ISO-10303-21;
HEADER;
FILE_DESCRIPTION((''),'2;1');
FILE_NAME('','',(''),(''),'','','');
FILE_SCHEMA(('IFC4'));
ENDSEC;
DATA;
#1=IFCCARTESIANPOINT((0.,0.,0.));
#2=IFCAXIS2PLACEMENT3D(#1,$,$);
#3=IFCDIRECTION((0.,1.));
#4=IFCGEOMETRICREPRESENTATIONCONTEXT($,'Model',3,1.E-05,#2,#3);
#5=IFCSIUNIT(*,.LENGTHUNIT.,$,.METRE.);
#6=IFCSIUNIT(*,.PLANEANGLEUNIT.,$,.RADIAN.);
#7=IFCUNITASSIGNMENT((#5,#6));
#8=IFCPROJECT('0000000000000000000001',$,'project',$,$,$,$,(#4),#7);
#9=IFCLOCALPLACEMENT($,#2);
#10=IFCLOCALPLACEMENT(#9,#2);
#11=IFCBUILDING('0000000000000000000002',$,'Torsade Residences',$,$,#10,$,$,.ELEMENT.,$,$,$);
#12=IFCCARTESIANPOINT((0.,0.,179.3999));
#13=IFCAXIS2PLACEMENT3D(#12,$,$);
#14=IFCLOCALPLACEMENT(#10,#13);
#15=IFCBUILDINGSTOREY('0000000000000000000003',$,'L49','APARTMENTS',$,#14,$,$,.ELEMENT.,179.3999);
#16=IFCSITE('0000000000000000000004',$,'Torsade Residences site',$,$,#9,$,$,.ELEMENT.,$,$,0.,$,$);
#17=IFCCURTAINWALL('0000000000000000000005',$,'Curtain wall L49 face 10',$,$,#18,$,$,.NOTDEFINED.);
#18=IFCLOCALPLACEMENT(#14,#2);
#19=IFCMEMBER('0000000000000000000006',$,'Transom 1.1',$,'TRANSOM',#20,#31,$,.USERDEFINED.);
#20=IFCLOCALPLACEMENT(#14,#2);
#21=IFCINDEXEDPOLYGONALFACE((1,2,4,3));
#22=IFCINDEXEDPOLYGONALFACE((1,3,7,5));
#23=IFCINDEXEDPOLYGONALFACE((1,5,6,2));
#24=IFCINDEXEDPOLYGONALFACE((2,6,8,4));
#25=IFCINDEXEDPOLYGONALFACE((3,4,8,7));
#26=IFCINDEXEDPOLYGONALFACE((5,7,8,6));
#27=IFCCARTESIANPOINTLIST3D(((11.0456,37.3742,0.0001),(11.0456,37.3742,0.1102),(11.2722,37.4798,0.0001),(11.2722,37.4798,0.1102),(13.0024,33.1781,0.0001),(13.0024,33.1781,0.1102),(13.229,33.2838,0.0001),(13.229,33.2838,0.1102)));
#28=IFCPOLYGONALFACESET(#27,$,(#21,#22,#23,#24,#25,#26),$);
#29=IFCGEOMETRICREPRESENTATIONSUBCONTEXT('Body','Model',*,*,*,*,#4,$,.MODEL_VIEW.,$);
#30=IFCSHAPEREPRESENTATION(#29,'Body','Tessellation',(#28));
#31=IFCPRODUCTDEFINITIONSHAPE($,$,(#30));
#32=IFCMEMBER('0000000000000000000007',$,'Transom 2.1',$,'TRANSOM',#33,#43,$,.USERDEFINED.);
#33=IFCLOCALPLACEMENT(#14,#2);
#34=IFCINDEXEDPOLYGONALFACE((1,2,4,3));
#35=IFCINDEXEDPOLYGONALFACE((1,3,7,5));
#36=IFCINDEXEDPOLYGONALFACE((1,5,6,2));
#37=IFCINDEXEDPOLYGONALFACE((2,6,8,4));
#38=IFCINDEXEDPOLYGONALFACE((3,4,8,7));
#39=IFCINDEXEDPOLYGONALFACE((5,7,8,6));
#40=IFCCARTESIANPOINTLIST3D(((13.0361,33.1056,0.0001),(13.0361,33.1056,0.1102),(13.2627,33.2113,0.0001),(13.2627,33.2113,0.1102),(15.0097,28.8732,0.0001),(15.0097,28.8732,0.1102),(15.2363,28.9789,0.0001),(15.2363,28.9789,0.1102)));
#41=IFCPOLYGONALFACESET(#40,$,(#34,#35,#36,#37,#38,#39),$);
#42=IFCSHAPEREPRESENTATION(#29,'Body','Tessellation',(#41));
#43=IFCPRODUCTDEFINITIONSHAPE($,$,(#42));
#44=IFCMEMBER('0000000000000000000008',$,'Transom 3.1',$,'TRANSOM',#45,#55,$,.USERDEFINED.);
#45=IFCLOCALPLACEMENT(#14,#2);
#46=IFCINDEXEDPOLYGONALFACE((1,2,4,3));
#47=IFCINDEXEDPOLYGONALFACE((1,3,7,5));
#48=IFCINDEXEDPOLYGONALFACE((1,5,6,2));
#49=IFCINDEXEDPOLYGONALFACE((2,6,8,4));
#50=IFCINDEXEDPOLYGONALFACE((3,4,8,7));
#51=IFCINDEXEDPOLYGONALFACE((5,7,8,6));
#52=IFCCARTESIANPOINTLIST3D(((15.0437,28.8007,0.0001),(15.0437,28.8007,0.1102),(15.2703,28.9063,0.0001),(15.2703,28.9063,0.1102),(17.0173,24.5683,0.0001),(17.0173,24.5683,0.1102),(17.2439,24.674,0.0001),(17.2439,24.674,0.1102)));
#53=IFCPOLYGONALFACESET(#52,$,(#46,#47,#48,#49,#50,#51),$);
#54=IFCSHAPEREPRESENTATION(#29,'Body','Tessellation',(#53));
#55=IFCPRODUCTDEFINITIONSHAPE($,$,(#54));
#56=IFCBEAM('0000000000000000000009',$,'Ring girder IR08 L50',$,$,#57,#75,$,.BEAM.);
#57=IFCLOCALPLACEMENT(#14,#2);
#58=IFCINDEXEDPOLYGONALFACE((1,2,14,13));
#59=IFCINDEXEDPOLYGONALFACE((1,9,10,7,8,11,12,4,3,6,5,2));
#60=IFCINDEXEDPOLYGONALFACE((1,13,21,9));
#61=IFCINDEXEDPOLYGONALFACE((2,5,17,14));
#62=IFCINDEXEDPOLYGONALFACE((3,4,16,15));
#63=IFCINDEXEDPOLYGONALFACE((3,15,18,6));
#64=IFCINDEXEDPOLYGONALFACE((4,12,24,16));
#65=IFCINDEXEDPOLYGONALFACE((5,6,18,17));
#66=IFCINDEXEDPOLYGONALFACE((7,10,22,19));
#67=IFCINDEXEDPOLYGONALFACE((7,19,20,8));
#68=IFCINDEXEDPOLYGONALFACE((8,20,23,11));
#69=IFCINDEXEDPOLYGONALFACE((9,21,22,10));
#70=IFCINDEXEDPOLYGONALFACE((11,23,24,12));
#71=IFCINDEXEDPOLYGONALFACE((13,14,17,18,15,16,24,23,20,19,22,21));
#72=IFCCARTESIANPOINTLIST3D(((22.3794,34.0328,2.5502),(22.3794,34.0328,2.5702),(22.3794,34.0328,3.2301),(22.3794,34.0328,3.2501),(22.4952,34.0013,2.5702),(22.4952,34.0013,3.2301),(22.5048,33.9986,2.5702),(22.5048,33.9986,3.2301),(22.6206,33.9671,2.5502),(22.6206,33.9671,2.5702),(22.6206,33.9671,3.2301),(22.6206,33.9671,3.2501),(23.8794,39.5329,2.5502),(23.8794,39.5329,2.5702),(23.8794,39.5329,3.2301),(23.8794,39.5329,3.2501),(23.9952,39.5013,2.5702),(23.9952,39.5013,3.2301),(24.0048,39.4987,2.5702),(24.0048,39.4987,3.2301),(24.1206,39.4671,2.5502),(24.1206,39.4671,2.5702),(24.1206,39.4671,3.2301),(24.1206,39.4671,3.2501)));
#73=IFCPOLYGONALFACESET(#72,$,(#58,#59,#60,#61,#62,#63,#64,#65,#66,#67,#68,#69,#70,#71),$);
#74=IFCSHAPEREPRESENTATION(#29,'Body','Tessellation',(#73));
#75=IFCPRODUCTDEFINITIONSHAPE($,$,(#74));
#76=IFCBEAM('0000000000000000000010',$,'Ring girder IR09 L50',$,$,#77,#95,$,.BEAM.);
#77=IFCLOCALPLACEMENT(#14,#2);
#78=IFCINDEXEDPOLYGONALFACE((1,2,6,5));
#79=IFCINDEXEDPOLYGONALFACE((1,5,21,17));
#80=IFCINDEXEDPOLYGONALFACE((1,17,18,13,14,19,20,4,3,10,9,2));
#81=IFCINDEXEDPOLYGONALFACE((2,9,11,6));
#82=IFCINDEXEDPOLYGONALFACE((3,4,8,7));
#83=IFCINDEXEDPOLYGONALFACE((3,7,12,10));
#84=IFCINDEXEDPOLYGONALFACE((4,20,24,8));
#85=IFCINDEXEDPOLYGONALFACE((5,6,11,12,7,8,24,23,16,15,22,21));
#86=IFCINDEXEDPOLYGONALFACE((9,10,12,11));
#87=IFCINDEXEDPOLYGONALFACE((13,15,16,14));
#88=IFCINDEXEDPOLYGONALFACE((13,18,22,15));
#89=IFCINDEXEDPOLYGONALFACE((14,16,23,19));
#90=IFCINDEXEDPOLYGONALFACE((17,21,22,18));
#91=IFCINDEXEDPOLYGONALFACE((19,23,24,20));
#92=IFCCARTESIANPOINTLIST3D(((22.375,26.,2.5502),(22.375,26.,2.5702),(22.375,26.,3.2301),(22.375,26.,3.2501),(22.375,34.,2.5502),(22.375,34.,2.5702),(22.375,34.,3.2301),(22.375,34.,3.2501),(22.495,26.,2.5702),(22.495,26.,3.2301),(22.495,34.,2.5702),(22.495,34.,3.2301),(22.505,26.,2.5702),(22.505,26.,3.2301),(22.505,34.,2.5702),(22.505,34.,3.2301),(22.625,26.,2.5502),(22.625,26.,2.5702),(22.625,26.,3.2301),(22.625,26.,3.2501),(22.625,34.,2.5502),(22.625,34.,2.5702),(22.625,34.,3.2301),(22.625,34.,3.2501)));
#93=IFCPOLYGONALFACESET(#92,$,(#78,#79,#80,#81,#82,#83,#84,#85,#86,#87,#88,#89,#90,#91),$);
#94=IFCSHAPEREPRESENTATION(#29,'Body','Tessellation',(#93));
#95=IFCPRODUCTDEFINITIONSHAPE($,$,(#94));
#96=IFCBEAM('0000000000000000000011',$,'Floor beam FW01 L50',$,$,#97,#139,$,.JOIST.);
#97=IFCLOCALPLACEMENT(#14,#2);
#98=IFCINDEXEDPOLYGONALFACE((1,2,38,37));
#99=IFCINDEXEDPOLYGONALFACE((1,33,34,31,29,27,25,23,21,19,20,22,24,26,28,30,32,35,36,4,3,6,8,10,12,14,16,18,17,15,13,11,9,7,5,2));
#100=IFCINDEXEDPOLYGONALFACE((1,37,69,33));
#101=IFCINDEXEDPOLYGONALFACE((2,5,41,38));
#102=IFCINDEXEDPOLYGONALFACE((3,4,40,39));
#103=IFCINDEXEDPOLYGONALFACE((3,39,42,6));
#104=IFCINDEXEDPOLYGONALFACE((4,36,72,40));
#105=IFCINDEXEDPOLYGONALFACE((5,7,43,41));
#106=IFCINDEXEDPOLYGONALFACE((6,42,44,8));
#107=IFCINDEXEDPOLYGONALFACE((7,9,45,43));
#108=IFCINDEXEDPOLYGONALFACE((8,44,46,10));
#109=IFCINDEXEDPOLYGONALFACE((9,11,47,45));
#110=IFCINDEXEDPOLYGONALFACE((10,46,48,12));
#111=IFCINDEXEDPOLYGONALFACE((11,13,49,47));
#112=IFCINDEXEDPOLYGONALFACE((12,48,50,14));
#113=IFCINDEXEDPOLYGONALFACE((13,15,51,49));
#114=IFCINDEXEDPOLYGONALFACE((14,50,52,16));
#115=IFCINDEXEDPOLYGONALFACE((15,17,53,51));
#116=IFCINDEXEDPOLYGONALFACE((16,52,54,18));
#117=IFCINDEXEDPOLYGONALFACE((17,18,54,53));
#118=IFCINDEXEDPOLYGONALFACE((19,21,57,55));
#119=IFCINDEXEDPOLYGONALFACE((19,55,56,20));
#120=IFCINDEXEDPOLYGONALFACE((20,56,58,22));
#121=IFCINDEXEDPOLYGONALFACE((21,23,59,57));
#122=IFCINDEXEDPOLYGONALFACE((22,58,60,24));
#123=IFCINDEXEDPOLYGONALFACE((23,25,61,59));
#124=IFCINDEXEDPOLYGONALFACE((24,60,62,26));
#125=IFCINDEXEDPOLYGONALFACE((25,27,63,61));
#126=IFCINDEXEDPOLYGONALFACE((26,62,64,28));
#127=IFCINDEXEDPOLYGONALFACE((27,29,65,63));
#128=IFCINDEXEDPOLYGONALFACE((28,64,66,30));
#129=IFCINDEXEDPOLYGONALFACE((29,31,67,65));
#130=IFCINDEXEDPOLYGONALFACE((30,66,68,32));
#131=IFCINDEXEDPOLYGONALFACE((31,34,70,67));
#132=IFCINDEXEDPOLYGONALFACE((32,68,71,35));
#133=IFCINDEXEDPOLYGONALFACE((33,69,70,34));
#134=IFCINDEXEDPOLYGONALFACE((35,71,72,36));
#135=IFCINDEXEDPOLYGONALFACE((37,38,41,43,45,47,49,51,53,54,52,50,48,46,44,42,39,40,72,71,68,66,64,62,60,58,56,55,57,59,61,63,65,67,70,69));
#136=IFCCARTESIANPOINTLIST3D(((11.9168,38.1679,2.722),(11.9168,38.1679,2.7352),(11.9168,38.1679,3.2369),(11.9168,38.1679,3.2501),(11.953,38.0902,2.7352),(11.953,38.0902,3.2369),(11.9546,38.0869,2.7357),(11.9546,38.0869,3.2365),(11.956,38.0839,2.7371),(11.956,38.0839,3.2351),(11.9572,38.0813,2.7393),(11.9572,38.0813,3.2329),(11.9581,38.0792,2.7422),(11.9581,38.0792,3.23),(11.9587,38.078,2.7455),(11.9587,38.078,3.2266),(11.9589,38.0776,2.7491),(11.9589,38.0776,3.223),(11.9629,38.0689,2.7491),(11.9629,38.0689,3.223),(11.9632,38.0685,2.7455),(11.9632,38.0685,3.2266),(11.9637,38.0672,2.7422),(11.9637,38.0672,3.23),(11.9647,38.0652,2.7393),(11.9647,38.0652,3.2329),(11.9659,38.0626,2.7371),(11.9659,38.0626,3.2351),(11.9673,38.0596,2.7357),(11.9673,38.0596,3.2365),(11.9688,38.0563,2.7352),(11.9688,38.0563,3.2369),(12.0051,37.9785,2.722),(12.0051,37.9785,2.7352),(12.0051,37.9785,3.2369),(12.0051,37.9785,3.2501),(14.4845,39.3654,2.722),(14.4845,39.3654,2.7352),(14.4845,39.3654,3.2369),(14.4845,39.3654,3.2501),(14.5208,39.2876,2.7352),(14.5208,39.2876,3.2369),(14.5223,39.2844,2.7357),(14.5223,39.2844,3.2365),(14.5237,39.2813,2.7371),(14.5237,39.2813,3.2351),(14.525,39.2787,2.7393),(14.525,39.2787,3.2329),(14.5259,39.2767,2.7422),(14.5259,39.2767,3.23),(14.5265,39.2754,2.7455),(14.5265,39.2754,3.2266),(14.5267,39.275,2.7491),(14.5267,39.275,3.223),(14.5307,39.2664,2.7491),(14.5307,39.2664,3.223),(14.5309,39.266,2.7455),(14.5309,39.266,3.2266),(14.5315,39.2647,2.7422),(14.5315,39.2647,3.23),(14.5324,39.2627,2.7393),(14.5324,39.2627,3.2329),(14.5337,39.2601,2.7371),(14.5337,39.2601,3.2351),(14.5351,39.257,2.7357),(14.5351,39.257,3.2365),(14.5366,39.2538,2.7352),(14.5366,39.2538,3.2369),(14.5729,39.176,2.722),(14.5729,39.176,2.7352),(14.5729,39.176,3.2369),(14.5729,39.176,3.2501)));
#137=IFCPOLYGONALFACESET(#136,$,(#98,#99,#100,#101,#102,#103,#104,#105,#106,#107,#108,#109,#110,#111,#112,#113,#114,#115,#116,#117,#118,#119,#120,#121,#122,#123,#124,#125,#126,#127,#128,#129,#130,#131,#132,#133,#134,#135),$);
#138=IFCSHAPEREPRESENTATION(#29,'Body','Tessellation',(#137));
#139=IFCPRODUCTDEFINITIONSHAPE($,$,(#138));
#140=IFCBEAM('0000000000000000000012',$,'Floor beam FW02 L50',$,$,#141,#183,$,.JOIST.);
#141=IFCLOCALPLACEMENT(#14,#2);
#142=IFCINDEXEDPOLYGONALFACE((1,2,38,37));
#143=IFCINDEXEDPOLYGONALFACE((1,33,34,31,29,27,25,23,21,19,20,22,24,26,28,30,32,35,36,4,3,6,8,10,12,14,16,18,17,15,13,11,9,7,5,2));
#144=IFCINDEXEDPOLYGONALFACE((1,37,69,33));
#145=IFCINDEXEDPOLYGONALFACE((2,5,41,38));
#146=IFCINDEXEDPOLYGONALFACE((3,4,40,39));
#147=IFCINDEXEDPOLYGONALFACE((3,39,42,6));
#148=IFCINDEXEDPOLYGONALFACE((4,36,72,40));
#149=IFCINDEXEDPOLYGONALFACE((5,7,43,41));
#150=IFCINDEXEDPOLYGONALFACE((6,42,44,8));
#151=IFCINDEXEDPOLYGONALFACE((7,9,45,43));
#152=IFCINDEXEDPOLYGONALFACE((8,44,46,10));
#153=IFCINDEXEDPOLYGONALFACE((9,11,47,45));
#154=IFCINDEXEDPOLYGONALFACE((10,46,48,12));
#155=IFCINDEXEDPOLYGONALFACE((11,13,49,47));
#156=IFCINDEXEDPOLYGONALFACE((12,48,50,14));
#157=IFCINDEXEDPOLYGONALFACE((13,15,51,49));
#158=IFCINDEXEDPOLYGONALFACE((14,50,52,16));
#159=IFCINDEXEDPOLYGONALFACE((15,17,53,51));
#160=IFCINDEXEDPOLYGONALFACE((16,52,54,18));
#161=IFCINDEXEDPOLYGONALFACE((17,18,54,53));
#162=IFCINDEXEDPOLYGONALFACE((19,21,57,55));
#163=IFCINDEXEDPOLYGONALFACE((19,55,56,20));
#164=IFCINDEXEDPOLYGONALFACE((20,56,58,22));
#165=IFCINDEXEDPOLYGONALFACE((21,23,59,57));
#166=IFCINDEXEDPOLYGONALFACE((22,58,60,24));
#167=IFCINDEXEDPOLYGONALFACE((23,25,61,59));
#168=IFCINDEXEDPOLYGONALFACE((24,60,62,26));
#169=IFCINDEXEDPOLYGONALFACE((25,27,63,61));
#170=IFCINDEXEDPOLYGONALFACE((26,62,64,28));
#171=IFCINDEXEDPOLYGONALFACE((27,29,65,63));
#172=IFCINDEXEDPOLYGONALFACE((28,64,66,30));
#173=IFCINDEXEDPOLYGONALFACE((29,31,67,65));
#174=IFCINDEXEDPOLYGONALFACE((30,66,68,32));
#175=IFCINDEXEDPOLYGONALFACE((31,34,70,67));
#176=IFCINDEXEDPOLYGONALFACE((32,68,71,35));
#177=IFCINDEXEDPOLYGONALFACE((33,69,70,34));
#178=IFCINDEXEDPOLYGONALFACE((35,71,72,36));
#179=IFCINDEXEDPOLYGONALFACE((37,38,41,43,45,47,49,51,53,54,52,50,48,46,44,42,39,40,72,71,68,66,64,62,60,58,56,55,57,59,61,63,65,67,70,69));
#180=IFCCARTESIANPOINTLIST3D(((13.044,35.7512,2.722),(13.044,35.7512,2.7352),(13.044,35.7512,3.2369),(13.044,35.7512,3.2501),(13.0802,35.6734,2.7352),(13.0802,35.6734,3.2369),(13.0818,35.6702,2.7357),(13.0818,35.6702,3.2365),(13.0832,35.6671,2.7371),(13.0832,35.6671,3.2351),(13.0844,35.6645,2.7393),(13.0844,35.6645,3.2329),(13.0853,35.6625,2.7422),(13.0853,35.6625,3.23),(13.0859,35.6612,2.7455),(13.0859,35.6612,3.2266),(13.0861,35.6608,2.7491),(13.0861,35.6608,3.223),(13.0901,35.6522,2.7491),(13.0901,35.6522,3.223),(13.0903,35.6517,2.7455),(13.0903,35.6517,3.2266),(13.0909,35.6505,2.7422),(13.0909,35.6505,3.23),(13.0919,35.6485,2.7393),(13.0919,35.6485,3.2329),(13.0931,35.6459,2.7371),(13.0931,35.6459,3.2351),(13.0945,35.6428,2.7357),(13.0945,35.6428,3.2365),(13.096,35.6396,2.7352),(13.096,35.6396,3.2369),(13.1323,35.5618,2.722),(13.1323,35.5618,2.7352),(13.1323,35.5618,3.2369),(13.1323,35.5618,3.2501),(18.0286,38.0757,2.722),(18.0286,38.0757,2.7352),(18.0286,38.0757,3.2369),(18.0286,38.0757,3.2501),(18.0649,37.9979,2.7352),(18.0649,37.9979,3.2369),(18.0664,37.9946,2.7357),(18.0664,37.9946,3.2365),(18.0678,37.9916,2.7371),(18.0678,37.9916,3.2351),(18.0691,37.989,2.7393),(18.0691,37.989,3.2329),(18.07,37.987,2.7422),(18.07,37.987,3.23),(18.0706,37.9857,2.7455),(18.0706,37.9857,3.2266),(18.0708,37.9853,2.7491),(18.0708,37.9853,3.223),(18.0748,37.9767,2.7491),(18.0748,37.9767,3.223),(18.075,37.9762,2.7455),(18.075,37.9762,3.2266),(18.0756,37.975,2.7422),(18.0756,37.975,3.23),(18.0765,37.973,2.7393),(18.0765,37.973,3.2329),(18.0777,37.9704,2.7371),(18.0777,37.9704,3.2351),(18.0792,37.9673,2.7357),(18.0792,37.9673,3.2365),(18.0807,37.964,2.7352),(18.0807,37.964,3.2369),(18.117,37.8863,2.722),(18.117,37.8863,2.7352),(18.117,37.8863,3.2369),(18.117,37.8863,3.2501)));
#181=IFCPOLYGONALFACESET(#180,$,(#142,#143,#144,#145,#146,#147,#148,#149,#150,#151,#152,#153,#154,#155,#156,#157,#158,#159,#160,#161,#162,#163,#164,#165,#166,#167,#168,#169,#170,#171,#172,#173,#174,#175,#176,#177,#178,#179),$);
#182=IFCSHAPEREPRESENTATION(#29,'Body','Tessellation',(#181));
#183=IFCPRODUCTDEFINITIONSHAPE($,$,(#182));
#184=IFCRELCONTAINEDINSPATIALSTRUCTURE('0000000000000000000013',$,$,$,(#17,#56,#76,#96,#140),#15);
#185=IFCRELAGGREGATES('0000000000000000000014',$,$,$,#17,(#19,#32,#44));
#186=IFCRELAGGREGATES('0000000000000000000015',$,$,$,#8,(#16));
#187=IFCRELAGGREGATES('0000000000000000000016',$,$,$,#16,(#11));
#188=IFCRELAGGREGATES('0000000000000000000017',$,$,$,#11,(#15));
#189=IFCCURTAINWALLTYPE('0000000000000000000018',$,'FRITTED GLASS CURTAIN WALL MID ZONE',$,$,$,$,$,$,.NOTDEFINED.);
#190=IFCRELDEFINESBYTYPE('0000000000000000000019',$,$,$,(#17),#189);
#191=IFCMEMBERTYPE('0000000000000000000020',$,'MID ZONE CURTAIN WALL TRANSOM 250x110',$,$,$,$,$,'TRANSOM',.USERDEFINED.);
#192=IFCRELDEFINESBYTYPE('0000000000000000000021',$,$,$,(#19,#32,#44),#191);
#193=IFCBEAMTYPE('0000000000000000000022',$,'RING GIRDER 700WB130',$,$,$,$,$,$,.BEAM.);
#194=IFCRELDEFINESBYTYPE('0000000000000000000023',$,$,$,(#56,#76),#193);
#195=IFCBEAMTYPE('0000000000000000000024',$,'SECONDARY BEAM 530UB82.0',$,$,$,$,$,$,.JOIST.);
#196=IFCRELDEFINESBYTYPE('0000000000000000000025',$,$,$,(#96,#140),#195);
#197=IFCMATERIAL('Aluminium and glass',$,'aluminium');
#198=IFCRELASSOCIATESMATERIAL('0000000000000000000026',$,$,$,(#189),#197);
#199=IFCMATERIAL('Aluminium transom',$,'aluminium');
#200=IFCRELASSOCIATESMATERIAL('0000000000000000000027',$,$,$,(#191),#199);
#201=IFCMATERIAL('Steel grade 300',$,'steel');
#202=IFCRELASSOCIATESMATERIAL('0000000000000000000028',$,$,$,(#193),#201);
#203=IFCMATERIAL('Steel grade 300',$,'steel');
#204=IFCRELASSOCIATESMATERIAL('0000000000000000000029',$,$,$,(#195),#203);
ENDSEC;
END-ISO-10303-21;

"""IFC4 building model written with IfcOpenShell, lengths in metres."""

from ifc_helpers import new_model, si_unit, direction, frame, origin, origin_2d, place, context, subcontext, project, spatial, rectangle, i_section, extrude, material, material_profile, profile_set, type_object, element, aggregate, save


model = new_model("IFC4")

# Units and contexts
model_context = context("Model", 3, precision=1e-05, world=origin(), true_north=direction((0.0, 1.0)))
body_context = subcontext(model_context, "Body", "Model", "MODEL_VIEW")
ifc_project = project(units=[si_unit("LENGTHUNIT", "METRE"), si_unit("PLANEANGLEUNIT", "RADIAN")], contexts=[model_context])

# Site, building, storey
site_placement = place(None, origin())
site = spatial("IfcSite", under=ifc_project, at=site_placement, Name="Torsade Residences site", CompositionType="ELEMENT", RefElevation=0.0)
building_placement = place(site_placement, origin())
building = spatial("IfcBuilding", under=site, at=building_placement, Name="Torsade Residences", CompositionType="ELEMENT")
storey_placement = place(building_placement, frame((0.0, 0.0, 179.3999)))
storey = spatial("IfcBuildingStorey", under=building, at=storey_placement, Name="L49", Description="APARTMENTS", CompositionType="ELEMENT", Elevation=179.3999)

# Curtain wall, members
ifc_material_1 = material(Name="Aluminium and glass", Category="aluminium")
curtain_wall_type = type_object("IfcCurtainWallType", Name="FRITTED GLASS CURTAIN WALL MID ZONE", PredefinedType="NOTDEFINED", material=ifc_material_1)
curtain_wall_placement = place(storey_placement, origin())
curtain_wall = element("IfcCurtainWall", 1, at=curtain_wall_placement, inside=storey, type_object=curtain_wall_type, Name="Curtain wall L49 face 10", PredefinedType="NOTDEFINED")
ifc_material_2 = material(Name="Aluminium transom", Category="aluminium")
ifc_material_profile_1 = material_profile(ifc_material_2, rectangle(XDim=0.25, YDim=0.1101, at=origin_2d()), Name="MID ZONE CURTAIN WALL TRANSOM 250x110")
ifc_profile_set_1 = profile_set([ifc_material_profile_1], Name="Aluminium transom")
member_type_1 = type_object("IfcMemberType", Name="MID ZONE CURTAIN WALL TRANSOM 250x110", ElementType="TRANSOM", PredefinedType="USERDEFINED", material=ifc_profile_set_1)
member_1_placement = place(storey_placement, frame((11.1589, 37.427, 0.0552), z_axis=(0.422643, -0.906296, 0.0), x_axis=(0.906296, 0.422643, 0.0)))
member_1 = element("IfcMember", 2, at=member_1_placement, type_object=member_type_1, Name="Transom 1.1", ObjectType="TRANSOM", PredefinedType="USERDEFINED", context=body_context, shape_type="SweptSolid", body=[
    extrude(rectangle(XDim=0.25, YDim=0.1101, at=origin_2d()), origin(), (0.0, 0.0, 1.0), 4.6299),
])
member_2_placement = place(storey_placement, frame((13.1494, 33.1584, 0.0552), z_axis=(0.422622, -0.906306, 0.0), x_axis=(0.906306, 0.422622, 0.0)))
member_2 = element("IfcMember", 3, at=member_2_placement, type_object=member_type_1, Name="Transom 2.1", ObjectType="TRANSOM", PredefinedType="USERDEFINED", context=body_context, shape_type="SweptSolid", body=[
    extrude(rectangle(XDim=0.25, YDim=0.1101, at=origin_2d()), origin(), (0.0, 0.0, 1.0), 4.6699),
])
member_3_placement = place(storey_placement, frame((15.157, 28.8535, 0.0552), z_axis=(0.422622, -0.906306, 0.0), x_axis=(0.906306, 0.422622, 0.0)))
member_3 = element("IfcMember", 4, at=member_3_placement, type_object=member_type_1, Name="Transom 3.1", ObjectType="TRANSOM", PredefinedType="USERDEFINED", context=body_context, shape_type="SweptSolid", body=[
    extrude(rectangle(XDim=0.25, YDim=0.1101, at=origin_2d()), origin(), (0.0, 0.0, 1.0), 4.6699),
])

# Beams
ifc_material_3 = material(Name="Steel grade 300", Category="steel")
ifc_material_profile_2 = material_profile(ifc_material_3, i_section(OverallWidth=0.25, OverallDepth=0.7, WebThickness=0.01, FlangeThickness=0.02, at=origin_2d()), Name="700WB130")
ifc_profile_set_2 = profile_set([ifc_material_profile_2], Name="Steel grade 300")
beam_type_1 = type_object("IfcBeamType", Name="RING GIRDER 700WB130", PredefinedType="BEAM", material=ifc_profile_set_2)
beam_1_placement = place(storey_placement, frame((24.0, 39.5, 2.9001), z_axis=(-0.263117, -0.964764, 0.0), x_axis=(0.964764, -0.263117, 0.0)))
element("IfcBeam", 5, at=beam_1_placement, inside=storey, type_object=beam_type_1, Name="Ring girder IR08 L50", PredefinedType="BEAM", context=body_context, shape_type="SweptSolid", body=[
    extrude(i_section(OverallWidth=0.25, OverallDepth=0.7, WebThickness=0.01, FlangeThickness=0.02, at=origin_2d()), origin(), (0.0, 0.0, 1.0), 5.7009),
])
beam_2_placement = place(storey_placement, frame((22.5, 34.0, 2.9001), z_axis=(0.0, -1.0, 0.0), x_axis=(1.0, 0.0, 0.0)))
element("IfcBeam", 6, at=beam_2_placement, inside=storey, type_object=beam_type_1, Name="Ring girder IR09 L50", PredefinedType="BEAM", context=body_context, shape_type="SweptSolid", body=[
    extrude(i_section(OverallWidth=0.25, OverallDepth=0.7, WebThickness=0.01, FlangeThickness=0.02, at=origin_2d()), origin(), (0.0, 0.0, 1.0), 8.0),
])
ifc_material_4 = material(Name="Steel grade 300", Category="steel")
ifc_material_profile_3 = material_profile(ifc_material_4, i_section(OverallWidth=0.209, OverallDepth=0.5281, WebThickness=0.0095, FlangeThickness=0.0132, FilletRadius=0.0139, at=origin_2d()), Name="530UB82.0")
ifc_profile_set_3 = profile_set([ifc_material_profile_3], Name="Steel grade 300")
beam_type_2 = type_object("IfcBeamType", Name="SECONDARY BEAM 530UB82.0", PredefinedType="JOIST", material=ifc_profile_set_3)
beam_3_placement = place(storey_placement, frame((11.9609, 38.0732, 2.9861), z_axis=(0.906295, 0.422645, 0.0), x_axis=(-0.422645, 0.906295, 0.0)))
element("IfcBeam", 7, at=beam_3_placement, inside=storey, type_object=beam_type_2, Name="Floor beam FW01 L50", PredefinedType="JOIST", context=body_context, shape_type="SweptSolid", body=[
    extrude(i_section(OverallWidth=0.209, OverallDepth=0.5281, WebThickness=0.0095, FlangeThickness=0.0132, FilletRadius=0.0139, at=origin_2d()), origin(), (0.0, 0.0, 1.0), 2.8333),
])
beam_4_placement = place(storey_placement, frame((13.0881, 35.6565, 2.9861), z_axis=(0.906301, 0.422633, 0.0), x_axis=(-0.422633, 0.906301, 0.0)))
element("IfcBeam", 8, at=beam_4_placement, inside=storey, type_object=beam_type_2, Name="Floor beam FW02 L50", PredefinedType="JOIST", context=body_context, shape_type="SweptSolid", body=[
    extrude(i_section(OverallWidth=0.209, OverallDepth=0.5281, WebThickness=0.0095, FlangeThickness=0.0132, FilletRadius=0.0139, at=origin_2d()), origin(), (0.0, 0.0, 1.0), 5.5),
])

aggregate(curtain_wall, [member_1, member_2, member_3])

save(model, "model.ifc")
